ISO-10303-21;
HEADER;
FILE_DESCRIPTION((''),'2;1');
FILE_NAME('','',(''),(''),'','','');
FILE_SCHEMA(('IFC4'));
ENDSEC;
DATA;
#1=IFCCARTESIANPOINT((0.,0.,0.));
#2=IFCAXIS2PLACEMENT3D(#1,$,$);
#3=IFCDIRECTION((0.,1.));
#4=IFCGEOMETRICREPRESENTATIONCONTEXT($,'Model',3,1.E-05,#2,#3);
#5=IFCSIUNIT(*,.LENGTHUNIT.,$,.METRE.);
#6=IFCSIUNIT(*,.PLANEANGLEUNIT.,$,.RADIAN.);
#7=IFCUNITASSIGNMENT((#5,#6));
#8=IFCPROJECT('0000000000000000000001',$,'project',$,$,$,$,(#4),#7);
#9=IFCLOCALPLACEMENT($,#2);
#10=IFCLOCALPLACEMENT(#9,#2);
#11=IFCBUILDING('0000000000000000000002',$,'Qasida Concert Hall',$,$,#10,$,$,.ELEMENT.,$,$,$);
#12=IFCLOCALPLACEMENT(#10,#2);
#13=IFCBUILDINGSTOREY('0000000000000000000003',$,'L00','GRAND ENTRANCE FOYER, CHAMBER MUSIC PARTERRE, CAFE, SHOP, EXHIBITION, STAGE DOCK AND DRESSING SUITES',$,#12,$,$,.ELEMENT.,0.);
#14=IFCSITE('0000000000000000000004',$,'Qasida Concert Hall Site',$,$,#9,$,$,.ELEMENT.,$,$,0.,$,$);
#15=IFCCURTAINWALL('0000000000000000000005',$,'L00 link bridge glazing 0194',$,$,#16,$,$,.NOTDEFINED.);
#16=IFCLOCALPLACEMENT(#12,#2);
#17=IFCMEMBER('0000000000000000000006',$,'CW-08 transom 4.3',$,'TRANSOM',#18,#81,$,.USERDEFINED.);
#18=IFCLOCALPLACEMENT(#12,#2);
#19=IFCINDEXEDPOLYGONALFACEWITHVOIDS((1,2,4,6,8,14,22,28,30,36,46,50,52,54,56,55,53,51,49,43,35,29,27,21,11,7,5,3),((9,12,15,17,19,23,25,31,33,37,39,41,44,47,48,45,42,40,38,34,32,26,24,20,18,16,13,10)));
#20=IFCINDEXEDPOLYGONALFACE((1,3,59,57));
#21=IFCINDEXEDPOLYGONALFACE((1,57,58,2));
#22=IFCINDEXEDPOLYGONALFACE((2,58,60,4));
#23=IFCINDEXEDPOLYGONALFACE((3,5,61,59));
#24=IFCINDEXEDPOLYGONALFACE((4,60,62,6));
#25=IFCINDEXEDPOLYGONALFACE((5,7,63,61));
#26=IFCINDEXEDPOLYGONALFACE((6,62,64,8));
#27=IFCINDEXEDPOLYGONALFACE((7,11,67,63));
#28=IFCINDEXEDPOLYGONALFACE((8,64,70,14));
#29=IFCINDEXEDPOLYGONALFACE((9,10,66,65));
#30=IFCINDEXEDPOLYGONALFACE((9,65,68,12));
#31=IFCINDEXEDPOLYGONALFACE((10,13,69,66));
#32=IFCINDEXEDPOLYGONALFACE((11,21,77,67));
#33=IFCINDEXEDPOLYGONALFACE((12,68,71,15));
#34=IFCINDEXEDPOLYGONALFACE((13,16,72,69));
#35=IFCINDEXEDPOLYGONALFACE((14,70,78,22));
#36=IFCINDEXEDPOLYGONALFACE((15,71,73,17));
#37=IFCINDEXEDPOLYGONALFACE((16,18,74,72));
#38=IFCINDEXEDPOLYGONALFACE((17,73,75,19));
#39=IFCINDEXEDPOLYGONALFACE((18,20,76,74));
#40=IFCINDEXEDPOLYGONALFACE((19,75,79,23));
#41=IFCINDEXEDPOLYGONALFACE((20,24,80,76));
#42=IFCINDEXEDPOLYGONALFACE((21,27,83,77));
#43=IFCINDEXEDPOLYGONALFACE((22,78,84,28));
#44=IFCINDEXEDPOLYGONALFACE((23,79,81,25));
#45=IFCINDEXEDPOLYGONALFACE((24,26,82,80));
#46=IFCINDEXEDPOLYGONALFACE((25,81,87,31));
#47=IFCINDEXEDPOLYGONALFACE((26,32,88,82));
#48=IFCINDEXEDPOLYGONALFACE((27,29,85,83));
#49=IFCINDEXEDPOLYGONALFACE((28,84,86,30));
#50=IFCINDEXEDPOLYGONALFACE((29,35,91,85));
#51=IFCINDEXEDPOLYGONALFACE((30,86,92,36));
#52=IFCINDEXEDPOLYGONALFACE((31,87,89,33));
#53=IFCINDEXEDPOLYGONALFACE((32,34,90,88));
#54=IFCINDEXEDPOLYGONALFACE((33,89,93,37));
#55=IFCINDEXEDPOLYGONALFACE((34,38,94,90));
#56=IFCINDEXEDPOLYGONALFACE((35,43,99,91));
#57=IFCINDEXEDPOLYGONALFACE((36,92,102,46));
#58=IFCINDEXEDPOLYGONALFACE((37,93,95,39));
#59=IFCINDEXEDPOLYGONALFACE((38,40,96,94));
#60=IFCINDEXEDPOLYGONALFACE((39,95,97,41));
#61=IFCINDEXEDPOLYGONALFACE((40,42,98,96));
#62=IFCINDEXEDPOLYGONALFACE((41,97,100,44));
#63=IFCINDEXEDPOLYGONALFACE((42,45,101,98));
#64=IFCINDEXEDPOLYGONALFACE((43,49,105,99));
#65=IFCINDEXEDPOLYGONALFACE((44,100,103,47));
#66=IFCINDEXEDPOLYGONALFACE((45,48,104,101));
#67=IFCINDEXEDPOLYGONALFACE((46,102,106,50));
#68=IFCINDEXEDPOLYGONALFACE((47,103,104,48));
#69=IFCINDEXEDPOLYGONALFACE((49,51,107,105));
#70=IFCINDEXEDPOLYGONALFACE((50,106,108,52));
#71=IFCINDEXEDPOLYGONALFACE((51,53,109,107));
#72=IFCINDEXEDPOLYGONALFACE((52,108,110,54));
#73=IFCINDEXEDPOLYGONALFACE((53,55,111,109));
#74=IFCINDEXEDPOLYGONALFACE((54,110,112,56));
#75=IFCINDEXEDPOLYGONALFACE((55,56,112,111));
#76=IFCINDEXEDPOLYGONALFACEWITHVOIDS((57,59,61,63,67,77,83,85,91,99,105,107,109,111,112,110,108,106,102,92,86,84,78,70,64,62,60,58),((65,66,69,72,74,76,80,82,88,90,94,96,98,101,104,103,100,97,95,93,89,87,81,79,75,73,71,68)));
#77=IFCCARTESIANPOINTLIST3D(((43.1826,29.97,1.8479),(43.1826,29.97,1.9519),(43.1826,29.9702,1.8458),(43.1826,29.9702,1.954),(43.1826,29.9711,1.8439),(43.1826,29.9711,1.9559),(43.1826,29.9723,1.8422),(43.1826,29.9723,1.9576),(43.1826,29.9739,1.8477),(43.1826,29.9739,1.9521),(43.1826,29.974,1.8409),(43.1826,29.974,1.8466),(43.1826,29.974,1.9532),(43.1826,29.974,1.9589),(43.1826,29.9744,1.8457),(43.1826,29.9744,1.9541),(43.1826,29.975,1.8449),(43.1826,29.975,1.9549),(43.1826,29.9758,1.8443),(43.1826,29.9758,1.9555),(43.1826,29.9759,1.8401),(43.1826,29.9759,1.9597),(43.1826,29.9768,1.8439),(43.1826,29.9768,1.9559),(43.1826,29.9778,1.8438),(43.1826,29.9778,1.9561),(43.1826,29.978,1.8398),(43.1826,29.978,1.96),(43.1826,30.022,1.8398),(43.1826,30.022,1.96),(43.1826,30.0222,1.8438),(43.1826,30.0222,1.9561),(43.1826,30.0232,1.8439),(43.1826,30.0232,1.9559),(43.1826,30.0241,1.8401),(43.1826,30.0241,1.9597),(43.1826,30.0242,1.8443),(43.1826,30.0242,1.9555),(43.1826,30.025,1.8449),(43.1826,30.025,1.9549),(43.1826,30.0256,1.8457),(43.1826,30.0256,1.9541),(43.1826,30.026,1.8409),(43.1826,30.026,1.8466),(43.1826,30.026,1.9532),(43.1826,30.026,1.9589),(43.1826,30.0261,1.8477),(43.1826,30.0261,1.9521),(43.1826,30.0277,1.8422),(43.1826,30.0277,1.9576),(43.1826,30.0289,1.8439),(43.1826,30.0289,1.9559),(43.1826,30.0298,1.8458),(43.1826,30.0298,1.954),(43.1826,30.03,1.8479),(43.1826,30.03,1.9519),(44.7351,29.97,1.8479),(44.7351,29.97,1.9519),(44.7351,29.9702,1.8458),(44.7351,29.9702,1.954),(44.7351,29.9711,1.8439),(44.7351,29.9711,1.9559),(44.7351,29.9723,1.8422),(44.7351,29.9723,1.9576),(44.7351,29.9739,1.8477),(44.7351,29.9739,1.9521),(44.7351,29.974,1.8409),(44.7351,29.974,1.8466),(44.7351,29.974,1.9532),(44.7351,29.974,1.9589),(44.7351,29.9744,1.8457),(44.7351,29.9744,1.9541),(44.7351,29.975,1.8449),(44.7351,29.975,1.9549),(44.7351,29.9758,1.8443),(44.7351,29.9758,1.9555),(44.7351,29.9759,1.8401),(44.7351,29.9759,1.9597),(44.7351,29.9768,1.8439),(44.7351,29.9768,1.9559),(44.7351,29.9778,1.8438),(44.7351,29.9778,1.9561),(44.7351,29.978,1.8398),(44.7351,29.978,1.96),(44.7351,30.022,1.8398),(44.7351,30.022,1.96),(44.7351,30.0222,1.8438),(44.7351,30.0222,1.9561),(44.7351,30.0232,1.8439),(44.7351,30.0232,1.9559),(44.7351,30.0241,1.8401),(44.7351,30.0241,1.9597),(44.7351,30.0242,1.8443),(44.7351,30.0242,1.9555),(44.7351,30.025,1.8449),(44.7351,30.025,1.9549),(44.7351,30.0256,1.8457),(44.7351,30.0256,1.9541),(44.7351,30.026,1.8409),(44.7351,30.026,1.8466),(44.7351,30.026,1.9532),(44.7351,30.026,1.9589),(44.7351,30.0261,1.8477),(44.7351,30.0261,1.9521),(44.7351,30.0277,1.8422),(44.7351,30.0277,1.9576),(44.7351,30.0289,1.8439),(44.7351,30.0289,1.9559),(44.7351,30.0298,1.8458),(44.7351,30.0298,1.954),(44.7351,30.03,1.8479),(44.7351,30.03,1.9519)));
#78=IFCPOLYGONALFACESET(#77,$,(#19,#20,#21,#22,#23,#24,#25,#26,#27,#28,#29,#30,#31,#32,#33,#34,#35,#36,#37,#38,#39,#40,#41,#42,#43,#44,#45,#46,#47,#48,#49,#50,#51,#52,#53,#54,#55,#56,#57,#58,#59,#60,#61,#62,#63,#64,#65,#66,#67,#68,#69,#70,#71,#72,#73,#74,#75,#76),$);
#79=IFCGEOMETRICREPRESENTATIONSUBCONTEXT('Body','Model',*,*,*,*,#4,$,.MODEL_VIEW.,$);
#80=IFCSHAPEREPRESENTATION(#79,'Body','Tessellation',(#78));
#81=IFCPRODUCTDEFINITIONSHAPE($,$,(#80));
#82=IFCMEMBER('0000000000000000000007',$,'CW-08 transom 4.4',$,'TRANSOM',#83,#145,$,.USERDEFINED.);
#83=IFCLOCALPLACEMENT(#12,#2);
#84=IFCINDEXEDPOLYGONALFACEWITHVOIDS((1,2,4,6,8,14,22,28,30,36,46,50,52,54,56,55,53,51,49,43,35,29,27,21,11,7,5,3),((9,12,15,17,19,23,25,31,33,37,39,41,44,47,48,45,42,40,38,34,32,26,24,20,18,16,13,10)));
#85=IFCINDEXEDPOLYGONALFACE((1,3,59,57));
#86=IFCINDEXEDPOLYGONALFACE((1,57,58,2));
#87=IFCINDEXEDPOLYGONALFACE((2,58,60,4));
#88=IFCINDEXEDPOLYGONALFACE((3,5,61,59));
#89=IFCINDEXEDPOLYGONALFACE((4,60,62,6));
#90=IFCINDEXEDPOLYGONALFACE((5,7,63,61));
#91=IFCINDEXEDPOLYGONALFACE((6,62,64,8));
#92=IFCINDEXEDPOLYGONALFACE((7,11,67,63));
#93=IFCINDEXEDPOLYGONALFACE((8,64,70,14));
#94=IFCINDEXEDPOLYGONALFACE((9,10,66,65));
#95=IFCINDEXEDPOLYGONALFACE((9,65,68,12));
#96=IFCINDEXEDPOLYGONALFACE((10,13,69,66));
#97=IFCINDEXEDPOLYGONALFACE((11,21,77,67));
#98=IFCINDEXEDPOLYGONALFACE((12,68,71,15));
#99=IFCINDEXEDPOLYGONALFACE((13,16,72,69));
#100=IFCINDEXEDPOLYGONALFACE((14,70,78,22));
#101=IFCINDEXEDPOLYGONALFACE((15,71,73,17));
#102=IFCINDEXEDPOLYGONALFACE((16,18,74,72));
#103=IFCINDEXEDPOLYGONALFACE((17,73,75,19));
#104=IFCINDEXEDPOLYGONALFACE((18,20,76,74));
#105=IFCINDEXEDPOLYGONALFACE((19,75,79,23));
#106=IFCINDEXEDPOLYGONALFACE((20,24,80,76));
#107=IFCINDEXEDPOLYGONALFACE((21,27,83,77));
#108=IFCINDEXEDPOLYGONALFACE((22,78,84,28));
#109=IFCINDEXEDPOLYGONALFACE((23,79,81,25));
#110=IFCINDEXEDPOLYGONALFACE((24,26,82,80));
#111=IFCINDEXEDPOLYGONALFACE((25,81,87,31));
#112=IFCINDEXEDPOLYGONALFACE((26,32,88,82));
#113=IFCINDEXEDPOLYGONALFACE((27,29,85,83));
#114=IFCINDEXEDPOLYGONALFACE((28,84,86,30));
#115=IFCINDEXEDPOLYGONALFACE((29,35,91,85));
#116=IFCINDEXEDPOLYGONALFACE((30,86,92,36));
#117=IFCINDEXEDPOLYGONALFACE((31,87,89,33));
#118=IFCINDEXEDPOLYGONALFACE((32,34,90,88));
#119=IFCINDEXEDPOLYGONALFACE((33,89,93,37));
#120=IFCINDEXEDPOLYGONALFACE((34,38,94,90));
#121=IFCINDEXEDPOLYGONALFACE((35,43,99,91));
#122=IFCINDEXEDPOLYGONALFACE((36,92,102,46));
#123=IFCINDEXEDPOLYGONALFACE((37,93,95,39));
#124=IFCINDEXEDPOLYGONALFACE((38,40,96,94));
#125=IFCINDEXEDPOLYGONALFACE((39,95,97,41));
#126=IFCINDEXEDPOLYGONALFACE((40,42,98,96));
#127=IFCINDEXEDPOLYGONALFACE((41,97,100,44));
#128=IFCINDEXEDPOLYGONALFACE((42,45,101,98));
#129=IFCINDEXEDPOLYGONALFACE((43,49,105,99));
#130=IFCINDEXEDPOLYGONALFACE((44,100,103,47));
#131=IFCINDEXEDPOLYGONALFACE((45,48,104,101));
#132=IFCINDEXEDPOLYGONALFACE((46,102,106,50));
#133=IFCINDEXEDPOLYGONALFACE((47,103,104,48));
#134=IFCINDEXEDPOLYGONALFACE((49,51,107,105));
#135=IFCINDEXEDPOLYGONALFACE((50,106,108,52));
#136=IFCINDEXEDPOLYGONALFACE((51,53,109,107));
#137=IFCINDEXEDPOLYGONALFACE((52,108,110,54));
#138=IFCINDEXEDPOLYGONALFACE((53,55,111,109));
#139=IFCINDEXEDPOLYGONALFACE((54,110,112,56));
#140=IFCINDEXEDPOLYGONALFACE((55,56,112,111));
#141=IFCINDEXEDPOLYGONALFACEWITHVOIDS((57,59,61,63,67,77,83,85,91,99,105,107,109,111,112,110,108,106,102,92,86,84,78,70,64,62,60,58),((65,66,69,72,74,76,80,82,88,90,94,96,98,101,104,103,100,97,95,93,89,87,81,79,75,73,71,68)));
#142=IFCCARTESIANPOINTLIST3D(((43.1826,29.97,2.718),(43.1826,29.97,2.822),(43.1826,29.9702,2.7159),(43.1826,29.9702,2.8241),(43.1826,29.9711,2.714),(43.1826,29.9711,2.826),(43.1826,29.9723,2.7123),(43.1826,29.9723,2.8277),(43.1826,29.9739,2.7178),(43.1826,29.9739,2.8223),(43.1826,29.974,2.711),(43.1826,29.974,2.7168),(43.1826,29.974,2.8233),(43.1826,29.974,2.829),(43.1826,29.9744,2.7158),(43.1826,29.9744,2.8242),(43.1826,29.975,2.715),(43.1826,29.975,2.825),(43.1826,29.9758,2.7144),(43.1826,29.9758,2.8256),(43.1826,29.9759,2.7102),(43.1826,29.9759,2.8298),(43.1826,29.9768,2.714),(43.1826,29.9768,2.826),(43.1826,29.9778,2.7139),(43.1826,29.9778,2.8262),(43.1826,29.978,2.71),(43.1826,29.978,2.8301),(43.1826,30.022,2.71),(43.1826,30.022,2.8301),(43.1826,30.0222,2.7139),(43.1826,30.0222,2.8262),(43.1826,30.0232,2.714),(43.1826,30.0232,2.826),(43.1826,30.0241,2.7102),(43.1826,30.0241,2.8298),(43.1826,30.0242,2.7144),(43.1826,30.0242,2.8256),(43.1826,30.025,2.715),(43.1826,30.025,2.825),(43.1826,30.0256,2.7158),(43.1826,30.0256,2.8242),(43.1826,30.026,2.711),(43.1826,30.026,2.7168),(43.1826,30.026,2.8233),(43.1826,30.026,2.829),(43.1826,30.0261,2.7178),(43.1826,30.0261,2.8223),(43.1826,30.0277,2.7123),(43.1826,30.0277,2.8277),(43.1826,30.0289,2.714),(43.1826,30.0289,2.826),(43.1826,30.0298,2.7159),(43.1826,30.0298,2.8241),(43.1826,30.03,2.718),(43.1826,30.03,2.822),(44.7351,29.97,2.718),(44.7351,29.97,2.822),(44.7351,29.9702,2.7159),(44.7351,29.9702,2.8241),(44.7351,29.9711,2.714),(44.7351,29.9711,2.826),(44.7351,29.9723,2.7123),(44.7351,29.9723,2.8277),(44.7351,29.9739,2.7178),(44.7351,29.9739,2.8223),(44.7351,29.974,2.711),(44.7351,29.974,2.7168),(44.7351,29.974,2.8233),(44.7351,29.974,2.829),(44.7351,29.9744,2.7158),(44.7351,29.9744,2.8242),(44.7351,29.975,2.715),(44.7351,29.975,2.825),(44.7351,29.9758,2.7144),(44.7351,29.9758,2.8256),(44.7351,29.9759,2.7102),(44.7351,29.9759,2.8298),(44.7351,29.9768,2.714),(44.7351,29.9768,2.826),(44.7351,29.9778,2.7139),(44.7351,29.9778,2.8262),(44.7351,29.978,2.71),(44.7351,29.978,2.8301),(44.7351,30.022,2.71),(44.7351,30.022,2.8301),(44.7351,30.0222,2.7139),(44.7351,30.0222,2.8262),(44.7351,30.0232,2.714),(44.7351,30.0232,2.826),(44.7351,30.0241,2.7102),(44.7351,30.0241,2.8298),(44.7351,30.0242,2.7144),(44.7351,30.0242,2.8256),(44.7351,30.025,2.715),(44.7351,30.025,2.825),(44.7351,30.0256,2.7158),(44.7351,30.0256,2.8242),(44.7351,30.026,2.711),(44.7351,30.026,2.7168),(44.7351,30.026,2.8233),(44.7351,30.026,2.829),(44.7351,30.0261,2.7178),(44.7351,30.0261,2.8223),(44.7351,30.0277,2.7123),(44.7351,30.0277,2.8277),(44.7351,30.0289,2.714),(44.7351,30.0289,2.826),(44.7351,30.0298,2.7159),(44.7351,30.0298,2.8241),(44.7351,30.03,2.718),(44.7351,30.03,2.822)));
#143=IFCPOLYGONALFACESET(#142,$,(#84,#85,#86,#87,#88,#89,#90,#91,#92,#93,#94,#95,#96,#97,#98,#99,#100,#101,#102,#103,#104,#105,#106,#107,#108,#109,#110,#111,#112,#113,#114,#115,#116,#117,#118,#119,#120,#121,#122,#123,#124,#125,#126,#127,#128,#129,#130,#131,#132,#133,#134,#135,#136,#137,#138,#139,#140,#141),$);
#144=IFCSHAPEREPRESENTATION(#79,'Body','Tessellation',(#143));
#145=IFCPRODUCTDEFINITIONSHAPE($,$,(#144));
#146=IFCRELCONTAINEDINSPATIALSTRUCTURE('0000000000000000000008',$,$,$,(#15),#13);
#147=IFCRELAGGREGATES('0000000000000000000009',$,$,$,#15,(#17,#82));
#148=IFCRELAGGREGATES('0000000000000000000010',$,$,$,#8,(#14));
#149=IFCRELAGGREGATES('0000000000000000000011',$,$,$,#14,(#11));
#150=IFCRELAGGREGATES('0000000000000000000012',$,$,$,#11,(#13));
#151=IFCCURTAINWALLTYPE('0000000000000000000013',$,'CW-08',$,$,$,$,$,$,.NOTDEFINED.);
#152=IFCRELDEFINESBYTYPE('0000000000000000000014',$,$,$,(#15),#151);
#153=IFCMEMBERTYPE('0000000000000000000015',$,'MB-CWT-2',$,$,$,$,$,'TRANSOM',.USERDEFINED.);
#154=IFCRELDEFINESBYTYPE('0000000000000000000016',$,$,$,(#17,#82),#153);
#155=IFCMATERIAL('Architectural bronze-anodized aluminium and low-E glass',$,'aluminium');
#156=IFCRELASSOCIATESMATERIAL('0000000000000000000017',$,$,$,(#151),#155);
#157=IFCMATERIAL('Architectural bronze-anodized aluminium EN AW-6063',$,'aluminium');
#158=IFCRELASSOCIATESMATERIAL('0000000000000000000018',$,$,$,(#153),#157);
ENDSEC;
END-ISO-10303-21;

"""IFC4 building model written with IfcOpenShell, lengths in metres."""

from ifc_helpers import new_model, si_unit, direction, frame, origin, origin_2d, place, context, subcontext, project, spatial, hollow_rectangle, extrude, material, material_profile, profile_set, type_object, element, aggregate, save


model = new_model("IFC4")

# Units and contexts
model_context = context("Model", 3, precision=1e-05, world=origin(), true_north=direction((0.0, 1.0)))
body_context = subcontext(model_context, "Body", "Model", "MODEL_VIEW")
ifc_project = project(units=[si_unit("LENGTHUNIT", "METRE"), si_unit("PLANEANGLEUNIT", "RADIAN")], contexts=[model_context])

# Site, building, storey
site_placement = place(None, origin())
site = spatial("IfcSite", under=ifc_project, at=site_placement, Name="Qasida Concert Hall Site", CompositionType="ELEMENT", RefElevation=0.0)
building_placement = place(site_placement, origin())
building = spatial("IfcBuilding", under=site, at=building_placement, Name="Qasida Concert Hall", CompositionType="ELEMENT")
storey_placement = place(building_placement, origin())
storey = spatial("IfcBuildingStorey", under=building, at=storey_placement, Name="L00", Description="GRAND ENTRANCE FOYER, CHAMBER MUSIC PARTERRE, CAFE, SHOP, EXHIBITION, STAGE DOCK AND DRESSING SUITES", CompositionType="ELEMENT", Elevation=0.0)

# Curtain wall
ifc_material_1 = material(Name="Architectural bronze-anodized aluminium and low-E glass", Category="aluminium")
curtain_wall_type = type_object("IfcCurtainWallType", Name="CW-08", PredefinedType="NOTDEFINED", material=ifc_material_1)
curtain_wall_1_placement = place(storey_placement, origin())
curtain_wall_1 = element("IfcCurtainWall", 1, at=curtain_wall_1_placement, inside=storey, type_object=curtain_wall_type, Name="L00 link bridge glazing 0194", PredefinedType="NOTDEFINED")
ifc_material_2 = material(Name="Architectural bronze-anodized aluminium EN AW-6063", Category="aluminium")

# Members
ifc_material_profile_1 = material_profile(ifc_material_2, hollow_rectangle(XDim=0.0601, YDim=0.1201, WallThickness=0.0039, InnerFilletRadius=0.0039, OuterFilletRadius=0.0081, at=origin_2d()), Name="CWT 120x60x4")
ifc_profile_set_1 = profile_set([ifc_material_profile_1], Name="Architectural bronze-anodized aluminium EN AW-6063")
member_type_1 = type_object("IfcMemberType", Name="MB-CWT-2", ElementType="TRANSOM", PredefinedType="USERDEFINED", material=ifc_profile_set_1)
member_1_placement = place(storey_placement, frame((43.1826, 30.0, 1.8999), z_axis=(1.0, 0.0, 0.0), x_axis=(0.0, 1.0, 0.0)))
member_1 = element("IfcMember", 2, at=member_1_placement, type_object=member_type_1, Name="CW-08 transom 4.3", ObjectType="TRANSOM", PredefinedType="USERDEFINED", context=body_context, shape_type="SweptSolid", body=[
    extrude(hollow_rectangle(XDim=0.0601, YDim=0.1201, WallThickness=0.0039, InnerFilletRadius=0.0039, OuterFilletRadius=0.0081, at=origin_2d()), origin(), (0.0, 0.0, 1.0), 1.5525),
])
member_2_placement = place(storey_placement, frame((43.1826, 30.0, 2.77), z_axis=(1.0, 0.0, 0.0), x_axis=(0.0, 1.0, 0.0)))
member_2 = element("IfcMember", 3, at=member_2_placement, type_object=member_type_1, Name="CW-08 transom 4.4", ObjectType="TRANSOM", PredefinedType="USERDEFINED", context=body_context, shape_type="SweptSolid", body=[
    extrude(hollow_rectangle(XDim=0.0601, YDim=0.1201, WallThickness=0.0039, InnerFilletRadius=0.0039, OuterFilletRadius=0.0081, at=origin_2d()), origin(), (0.0, 0.0, 1.0), 1.5525),
])

aggregate(curtain_wall_1, [member_1, member_2])

save(model, "model.ifc")
